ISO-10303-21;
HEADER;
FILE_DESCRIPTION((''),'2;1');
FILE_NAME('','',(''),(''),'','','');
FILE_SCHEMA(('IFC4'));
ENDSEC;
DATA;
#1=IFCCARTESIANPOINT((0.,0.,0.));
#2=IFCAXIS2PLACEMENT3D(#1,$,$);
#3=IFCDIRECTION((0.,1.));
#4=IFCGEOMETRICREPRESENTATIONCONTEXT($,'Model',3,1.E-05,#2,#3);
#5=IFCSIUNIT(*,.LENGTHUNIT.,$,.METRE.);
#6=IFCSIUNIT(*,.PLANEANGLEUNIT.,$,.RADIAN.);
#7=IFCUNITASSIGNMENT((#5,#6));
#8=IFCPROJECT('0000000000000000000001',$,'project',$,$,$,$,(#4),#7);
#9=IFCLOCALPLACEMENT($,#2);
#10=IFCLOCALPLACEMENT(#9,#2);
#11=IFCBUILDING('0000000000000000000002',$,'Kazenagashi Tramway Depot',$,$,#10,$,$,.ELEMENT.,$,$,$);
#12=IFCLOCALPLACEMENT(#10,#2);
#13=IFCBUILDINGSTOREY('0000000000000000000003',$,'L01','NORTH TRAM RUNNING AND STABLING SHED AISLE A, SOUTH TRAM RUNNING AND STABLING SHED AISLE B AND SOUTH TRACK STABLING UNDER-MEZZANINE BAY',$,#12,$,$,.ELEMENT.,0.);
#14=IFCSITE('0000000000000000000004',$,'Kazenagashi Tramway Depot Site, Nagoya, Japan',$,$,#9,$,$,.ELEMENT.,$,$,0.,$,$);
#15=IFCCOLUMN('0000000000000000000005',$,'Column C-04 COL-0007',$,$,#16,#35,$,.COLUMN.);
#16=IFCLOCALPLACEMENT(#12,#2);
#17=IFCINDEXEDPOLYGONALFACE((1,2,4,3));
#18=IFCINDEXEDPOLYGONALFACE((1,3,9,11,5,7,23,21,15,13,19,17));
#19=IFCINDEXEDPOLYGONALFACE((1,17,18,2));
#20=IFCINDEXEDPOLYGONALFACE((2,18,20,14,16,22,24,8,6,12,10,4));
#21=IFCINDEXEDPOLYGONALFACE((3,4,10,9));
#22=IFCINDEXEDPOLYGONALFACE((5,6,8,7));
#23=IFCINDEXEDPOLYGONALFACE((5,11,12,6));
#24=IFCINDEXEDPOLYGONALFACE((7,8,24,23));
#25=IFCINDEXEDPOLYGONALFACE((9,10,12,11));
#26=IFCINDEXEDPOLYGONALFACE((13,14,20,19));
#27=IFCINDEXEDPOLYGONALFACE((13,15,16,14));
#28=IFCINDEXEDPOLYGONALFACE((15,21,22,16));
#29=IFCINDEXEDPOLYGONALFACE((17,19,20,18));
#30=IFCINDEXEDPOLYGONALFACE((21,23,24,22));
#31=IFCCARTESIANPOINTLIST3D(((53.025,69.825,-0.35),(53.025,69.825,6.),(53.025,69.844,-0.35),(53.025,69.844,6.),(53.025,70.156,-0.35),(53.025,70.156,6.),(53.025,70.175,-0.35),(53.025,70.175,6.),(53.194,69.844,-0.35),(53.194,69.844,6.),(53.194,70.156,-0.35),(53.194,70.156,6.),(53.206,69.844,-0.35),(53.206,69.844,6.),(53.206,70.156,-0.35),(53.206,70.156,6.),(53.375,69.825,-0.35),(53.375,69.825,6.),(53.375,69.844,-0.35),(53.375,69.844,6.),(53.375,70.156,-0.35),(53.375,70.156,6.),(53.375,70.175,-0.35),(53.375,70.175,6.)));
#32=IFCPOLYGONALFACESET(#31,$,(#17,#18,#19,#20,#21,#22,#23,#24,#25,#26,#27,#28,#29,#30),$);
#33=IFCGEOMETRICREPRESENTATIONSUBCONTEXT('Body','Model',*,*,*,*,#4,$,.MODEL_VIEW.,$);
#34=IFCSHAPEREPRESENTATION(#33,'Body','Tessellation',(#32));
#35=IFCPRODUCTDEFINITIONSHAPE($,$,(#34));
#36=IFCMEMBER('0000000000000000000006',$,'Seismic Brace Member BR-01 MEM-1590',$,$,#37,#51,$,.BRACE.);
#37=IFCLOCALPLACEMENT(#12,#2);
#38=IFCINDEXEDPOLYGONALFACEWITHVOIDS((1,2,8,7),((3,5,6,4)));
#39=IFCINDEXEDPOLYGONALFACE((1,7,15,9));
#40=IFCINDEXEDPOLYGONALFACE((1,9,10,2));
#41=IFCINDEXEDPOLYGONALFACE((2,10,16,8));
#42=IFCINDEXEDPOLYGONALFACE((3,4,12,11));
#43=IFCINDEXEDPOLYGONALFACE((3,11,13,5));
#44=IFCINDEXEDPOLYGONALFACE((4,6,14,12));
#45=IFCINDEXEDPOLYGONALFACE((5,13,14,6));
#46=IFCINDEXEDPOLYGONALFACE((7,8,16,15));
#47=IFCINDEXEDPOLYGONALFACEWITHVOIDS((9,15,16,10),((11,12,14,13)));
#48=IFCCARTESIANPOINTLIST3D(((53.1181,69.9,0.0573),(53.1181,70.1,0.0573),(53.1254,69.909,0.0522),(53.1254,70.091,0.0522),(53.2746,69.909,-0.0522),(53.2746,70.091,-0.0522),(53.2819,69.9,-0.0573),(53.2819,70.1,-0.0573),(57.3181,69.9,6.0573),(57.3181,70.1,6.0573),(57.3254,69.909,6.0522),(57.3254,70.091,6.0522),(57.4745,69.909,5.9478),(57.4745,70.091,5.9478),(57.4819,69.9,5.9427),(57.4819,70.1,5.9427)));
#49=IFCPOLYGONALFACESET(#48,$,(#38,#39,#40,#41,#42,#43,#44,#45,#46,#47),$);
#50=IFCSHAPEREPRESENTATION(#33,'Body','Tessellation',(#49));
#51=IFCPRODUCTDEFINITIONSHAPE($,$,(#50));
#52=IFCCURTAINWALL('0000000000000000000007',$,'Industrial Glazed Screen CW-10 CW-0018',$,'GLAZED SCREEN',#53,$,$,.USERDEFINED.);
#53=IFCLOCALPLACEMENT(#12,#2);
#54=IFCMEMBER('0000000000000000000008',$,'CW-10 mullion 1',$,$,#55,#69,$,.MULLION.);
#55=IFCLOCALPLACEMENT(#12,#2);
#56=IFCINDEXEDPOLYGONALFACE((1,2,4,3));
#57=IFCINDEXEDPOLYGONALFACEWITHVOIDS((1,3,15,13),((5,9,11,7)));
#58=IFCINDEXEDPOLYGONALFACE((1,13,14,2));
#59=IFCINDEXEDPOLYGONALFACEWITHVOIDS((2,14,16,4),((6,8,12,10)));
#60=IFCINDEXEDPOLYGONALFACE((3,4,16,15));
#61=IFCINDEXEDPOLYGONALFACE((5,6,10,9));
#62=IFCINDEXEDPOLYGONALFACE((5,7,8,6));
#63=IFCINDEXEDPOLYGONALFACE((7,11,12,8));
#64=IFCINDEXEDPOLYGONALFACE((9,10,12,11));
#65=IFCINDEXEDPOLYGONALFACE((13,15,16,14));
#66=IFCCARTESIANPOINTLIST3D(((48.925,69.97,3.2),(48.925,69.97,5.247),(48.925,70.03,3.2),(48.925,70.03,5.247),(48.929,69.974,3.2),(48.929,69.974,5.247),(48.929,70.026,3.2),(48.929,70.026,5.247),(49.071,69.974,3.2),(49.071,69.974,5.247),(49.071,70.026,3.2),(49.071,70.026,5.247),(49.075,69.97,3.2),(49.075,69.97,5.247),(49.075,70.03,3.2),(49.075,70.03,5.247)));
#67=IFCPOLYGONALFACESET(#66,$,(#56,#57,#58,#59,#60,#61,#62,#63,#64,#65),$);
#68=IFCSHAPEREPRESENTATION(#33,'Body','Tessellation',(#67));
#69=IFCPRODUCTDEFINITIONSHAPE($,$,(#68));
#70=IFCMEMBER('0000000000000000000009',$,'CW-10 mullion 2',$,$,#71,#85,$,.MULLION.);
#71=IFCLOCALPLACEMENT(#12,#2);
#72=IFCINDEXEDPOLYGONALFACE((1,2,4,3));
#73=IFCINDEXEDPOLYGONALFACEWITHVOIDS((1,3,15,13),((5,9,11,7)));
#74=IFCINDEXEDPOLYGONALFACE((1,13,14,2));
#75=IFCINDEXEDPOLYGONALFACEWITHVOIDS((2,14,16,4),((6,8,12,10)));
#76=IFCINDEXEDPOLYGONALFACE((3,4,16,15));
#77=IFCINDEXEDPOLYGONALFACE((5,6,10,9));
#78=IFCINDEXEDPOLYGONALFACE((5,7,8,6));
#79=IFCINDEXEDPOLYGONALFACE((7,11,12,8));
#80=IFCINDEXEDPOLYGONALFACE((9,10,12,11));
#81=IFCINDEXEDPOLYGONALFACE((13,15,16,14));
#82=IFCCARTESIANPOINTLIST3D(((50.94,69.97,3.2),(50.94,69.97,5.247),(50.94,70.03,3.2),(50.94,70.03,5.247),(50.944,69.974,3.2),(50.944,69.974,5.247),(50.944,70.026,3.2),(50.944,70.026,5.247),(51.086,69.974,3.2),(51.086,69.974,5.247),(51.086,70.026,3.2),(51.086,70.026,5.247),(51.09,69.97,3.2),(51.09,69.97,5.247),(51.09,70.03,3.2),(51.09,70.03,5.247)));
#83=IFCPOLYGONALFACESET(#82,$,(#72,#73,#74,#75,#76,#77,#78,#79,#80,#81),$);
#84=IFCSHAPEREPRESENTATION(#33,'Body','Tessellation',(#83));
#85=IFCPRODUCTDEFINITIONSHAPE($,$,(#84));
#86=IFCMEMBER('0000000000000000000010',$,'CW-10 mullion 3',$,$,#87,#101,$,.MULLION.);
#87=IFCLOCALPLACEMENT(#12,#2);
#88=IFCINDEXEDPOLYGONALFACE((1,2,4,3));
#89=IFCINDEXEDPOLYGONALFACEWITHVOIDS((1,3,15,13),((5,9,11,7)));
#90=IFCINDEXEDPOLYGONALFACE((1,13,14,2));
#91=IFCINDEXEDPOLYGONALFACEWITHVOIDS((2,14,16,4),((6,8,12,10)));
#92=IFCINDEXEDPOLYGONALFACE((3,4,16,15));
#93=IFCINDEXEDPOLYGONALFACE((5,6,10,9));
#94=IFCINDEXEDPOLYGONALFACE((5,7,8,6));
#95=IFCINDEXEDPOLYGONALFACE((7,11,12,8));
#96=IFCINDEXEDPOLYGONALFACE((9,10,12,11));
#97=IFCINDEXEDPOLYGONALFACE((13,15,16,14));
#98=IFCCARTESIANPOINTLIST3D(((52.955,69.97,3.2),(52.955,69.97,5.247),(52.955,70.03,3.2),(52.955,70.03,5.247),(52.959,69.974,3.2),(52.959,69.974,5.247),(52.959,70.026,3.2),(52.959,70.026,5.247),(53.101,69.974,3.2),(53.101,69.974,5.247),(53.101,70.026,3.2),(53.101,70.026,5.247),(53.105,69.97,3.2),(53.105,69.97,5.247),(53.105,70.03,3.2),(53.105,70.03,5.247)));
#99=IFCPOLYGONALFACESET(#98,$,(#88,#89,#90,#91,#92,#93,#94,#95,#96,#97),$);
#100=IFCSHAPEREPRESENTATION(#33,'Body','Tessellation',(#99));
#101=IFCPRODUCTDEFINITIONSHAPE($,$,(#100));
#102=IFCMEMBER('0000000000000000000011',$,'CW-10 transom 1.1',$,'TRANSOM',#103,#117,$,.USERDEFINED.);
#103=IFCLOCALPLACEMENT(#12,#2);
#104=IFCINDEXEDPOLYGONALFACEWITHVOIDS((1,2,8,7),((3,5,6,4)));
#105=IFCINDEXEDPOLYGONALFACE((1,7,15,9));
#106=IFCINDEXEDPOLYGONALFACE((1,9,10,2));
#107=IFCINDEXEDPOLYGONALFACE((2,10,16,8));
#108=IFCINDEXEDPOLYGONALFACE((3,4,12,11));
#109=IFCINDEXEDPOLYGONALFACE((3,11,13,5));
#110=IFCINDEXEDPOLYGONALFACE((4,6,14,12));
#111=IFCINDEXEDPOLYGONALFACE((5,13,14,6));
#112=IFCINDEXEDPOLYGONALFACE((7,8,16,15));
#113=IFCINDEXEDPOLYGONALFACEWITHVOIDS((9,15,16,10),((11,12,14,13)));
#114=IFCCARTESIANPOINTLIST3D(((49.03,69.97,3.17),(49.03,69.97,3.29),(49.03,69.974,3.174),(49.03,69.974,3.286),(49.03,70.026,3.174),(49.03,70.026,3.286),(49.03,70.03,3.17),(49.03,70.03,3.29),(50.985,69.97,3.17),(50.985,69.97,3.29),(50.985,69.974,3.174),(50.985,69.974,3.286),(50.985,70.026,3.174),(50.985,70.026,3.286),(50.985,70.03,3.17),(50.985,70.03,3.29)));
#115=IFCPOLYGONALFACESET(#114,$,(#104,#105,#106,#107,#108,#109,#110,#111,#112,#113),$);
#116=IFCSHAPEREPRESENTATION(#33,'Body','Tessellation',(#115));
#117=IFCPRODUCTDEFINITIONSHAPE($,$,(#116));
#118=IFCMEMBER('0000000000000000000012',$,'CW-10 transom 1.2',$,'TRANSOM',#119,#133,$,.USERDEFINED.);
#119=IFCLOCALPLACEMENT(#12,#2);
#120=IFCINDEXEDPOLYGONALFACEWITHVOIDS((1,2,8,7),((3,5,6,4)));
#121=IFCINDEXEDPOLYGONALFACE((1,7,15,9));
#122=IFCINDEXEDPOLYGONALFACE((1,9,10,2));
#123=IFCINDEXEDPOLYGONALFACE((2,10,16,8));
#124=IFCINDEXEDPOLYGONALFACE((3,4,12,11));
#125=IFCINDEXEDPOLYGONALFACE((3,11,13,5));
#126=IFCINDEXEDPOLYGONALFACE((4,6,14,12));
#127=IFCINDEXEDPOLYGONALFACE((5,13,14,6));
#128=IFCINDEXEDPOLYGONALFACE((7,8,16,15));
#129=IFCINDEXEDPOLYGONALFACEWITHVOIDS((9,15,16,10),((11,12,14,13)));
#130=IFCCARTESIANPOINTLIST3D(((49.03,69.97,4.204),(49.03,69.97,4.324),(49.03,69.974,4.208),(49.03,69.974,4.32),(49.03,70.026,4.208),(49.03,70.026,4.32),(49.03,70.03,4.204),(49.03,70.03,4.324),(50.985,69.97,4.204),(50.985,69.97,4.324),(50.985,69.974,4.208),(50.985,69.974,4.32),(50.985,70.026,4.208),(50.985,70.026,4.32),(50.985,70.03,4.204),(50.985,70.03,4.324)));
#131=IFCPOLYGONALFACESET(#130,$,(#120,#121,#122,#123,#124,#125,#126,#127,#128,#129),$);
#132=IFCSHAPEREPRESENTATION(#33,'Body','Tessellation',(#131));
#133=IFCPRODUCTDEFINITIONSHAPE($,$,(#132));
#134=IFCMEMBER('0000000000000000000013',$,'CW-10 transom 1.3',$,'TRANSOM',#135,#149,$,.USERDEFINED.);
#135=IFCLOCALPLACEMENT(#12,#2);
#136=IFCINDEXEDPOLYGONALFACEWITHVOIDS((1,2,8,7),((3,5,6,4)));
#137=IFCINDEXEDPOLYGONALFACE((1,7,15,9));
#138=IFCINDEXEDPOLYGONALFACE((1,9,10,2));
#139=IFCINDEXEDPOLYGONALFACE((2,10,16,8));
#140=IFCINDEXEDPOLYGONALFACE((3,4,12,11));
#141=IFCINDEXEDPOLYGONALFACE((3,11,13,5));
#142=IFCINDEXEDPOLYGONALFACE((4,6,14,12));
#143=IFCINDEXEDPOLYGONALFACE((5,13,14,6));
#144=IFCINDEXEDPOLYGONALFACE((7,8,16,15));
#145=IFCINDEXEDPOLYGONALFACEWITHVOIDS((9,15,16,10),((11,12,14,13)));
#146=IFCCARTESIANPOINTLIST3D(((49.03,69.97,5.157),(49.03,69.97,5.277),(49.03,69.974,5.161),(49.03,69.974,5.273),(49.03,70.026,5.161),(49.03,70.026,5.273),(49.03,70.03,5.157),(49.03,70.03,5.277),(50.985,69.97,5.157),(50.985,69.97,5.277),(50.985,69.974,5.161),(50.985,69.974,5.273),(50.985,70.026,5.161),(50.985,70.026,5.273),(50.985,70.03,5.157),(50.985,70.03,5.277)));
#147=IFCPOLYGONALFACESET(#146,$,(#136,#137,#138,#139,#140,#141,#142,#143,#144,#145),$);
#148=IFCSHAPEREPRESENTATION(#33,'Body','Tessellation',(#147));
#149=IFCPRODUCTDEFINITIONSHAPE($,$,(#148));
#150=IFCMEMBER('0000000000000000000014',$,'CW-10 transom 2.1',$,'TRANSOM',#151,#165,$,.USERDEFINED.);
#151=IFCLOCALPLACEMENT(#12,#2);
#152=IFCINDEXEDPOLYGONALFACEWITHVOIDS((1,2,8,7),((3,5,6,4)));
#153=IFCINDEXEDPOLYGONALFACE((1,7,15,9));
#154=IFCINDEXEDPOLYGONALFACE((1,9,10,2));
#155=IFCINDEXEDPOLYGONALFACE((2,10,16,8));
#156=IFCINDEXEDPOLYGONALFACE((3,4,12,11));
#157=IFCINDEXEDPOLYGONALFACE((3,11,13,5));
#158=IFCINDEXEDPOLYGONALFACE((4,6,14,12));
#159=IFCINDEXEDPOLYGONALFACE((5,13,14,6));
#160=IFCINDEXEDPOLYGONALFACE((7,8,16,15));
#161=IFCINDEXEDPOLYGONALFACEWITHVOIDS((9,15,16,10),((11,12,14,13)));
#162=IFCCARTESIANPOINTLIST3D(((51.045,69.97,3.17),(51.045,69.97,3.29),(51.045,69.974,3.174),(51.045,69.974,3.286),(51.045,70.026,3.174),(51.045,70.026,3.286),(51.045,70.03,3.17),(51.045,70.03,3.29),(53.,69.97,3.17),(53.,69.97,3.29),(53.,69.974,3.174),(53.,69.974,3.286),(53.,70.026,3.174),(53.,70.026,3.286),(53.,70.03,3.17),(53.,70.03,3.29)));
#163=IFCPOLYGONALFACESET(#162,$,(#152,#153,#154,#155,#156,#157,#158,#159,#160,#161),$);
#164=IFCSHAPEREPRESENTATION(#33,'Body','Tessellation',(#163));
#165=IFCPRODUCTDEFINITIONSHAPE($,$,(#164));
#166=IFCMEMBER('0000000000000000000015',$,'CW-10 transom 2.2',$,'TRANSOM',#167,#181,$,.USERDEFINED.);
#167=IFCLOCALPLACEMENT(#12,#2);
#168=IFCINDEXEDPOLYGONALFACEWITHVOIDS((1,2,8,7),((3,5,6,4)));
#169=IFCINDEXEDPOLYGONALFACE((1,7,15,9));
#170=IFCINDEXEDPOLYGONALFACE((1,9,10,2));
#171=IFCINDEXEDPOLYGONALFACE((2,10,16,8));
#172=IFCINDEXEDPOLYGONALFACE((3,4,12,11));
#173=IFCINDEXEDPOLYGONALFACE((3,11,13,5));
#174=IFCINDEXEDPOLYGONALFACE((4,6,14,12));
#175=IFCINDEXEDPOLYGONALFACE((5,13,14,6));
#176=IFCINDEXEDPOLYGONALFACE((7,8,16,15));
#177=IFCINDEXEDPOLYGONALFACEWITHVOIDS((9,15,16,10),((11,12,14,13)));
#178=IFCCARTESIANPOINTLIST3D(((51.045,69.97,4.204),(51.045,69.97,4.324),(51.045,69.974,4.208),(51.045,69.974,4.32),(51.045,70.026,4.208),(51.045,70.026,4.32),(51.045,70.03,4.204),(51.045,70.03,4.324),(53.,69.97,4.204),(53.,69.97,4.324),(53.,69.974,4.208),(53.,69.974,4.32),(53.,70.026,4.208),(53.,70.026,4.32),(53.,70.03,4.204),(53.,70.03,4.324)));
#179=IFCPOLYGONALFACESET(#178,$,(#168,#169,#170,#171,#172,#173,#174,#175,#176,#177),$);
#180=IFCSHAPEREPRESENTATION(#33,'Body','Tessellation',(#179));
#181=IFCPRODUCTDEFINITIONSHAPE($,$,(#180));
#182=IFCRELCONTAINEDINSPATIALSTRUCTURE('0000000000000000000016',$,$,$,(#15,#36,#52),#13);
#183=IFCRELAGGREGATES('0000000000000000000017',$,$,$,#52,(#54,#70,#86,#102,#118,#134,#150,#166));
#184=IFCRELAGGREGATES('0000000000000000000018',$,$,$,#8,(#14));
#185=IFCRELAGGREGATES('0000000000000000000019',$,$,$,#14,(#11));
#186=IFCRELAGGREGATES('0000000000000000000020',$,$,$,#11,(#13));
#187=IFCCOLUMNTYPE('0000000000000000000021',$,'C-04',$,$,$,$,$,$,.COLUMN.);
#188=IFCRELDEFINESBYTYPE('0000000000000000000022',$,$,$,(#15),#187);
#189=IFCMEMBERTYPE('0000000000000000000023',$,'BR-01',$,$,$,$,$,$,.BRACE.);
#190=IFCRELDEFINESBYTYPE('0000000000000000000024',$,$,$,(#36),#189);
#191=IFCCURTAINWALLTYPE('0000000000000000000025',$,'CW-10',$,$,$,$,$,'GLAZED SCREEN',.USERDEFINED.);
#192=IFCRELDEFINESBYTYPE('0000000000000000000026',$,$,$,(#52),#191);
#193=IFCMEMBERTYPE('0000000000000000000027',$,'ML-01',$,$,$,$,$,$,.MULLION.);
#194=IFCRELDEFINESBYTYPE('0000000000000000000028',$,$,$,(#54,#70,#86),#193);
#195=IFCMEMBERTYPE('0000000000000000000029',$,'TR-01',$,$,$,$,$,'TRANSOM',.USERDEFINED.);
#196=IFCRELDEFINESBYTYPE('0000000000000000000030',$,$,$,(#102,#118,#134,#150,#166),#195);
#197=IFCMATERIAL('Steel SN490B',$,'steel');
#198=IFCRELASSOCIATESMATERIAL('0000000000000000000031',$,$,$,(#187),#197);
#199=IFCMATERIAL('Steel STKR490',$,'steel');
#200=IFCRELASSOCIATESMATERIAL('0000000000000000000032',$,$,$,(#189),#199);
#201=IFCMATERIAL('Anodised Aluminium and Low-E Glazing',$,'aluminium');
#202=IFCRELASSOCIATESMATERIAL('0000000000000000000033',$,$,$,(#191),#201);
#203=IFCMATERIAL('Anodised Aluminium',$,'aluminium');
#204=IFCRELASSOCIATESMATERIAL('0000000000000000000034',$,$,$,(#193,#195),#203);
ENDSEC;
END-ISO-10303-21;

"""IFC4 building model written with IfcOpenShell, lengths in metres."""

from ifc_helpers import new_model, si_unit, direction, frame, origin, origin_2d, place, context, subcontext, project, spatial, hollow_rectangle, i_section, extrude, material, material_profile, profile_set, type_object, element, aggregate, save


model = new_model("IFC4")

# Units and contexts
model_context = context("Model", 3, precision=1e-05, world=origin(), true_north=direction((0.0, 1.0)))
body_context = subcontext(model_context, "Body", "Model", "MODEL_VIEW")
ifc_project = project(units=[si_unit("LENGTHUNIT", "METRE"), si_unit("PLANEANGLEUNIT", "RADIAN")], contexts=[model_context])

# Site, building, storey
site_placement = place(None, origin())
site = spatial("IfcSite", under=ifc_project, at=site_placement, Name="Kazenagashi Tramway Depot Site, Nagoya, Japan", CompositionType="ELEMENT", RefElevation=0.0)
building_placement = place(site_placement, origin())
building = spatial("IfcBuilding", under=site, at=building_placement, Name="Kazenagashi Tramway Depot", CompositionType="ELEMENT")
storey_placement = place(building_placement, origin())
storey = spatial("IfcBuildingStorey", under=building, at=storey_placement, Name="L01", Description="NORTH TRAM RUNNING AND STABLING SHED AISLE A, SOUTH TRAM RUNNING AND STABLING SHED AISLE B AND SOUTH TRACK STABLING UNDER-MEZZANINE BAY", CompositionType="ELEMENT", Elevation=0.0)

# Column
ifc_material_1 = material(Name="Steel SN490B", Category="steel")
ifc_material_profile_1 = material_profile(ifc_material_1, i_section(OverallWidth=0.35, OverallDepth=0.35, WebThickness=0.012, FlangeThickness=0.019, at=origin_2d()), Name="H-350x350x12x19")
ifc_profile_set_1 = profile_set([ifc_material_profile_1], Name="Steel SN490B")
column_type = type_object("IfcColumnType", Name="C-04", PredefinedType="COLUMN", material=ifc_profile_set_1)
column_placement = place(storey_placement, frame((53.2, 70.0, -0.35), z_axis=(0.0, 0.0, 1.0), x_axis=(1.0, 0.0, 0.0)))
element("IfcColumn", 1, at=column_placement, inside=storey, type_object=column_type, Name="Column C-04 COL-0007", PredefinedType="COLUMN", context=body_context, shape_type="SweptSolid", body=[
    extrude(i_section(OverallWidth=0.35, OverallDepth=0.35, WebThickness=0.012, FlangeThickness=0.019, at=origin_2d()), origin(), (0.0, 0.0, 1.0), 6.35),
])

# Member
ifc_material_2 = material(Name="Steel STKR490", Category="steel")
ifc_material_profile_2 = material_profile(ifc_material_2, hollow_rectangle(XDim=0.2, YDim=0.2, WallThickness=0.009, at=origin_2d()), Name="SHS-200x200x9")
ifc_profile_set_2 = profile_set([ifc_material_profile_2], Name="Steel STKR490")
member_type_1 = type_object("IfcMemberType", Name="BR-01", PredefinedType="BRACE", material=ifc_profile_set_2)
member_1_placement = place(storey_placement, frame((53.2, 70.0, 0.0), z_axis=(0.573462, 0.0, 0.819232), x_axis=(0.0, 1.0, 0.0)))
element("IfcMember", 2, at=member_1_placement, inside=storey, type_object=member_type_1, Name="Seismic Brace Member BR-01 MEM-1590", PredefinedType="BRACE", context=body_context, shape_type="SweptSolid", body=[
    extrude(hollow_rectangle(XDim=0.2, YDim=0.2, WallThickness=0.009, at=origin_2d()), origin(), (0.0, 0.0, 1.0), 7.3239),
])

# Curtain wall, members
ifc_material_3 = material(Name="Anodised Aluminium and Low-E Glazing", Category="aluminium")
curtain_wall_type = type_object("IfcCurtainWallType", Name="CW-10", ElementType="GLAZED SCREEN", PredefinedType="USERDEFINED", material=ifc_material_3)
curtain_wall_placement = place(storey_placement, origin())
curtain_wall = element("IfcCurtainWall", 3, at=curtain_wall_placement, inside=storey, type_object=curtain_wall_type, Name="Industrial Glazed Screen CW-10 CW-0018", ObjectType="GLAZED SCREEN", PredefinedType="USERDEFINED")
ifc_material_4 = material(Name="Anodised Aluminium", Category="aluminium")
ifc_material_profile_3 = material_profile(ifc_material_4, hollow_rectangle(XDim=0.06, YDim=0.15, WallThickness=0.004, at=origin_2d()), Name="RHS-150x60x4")
ifc_profile_set_3 = profile_set([ifc_material_profile_3], Name="Anodised Aluminium")
member_type_2 = type_object("IfcMemberType", Name="ML-01", PredefinedType="MULLION", material=ifc_profile_set_3)
member_2_placement = place(storey_placement, frame((49.0, 70.0, 3.2), z_axis=(0.0, 0.0, 1.0), x_axis=(0.0, 1.0, 0.0)))
member_2 = element("IfcMember", 4, at=member_2_placement, type_object=member_type_2, Name="CW-10 mullion 1", PredefinedType="MULLION", context=body_context, shape_type="SweptSolid", body=[
    extrude(hollow_rectangle(XDim=0.06, YDim=0.15, WallThickness=0.004, at=origin_2d()), origin(), (0.0, 0.0, 1.0), 2.047),
])
member_3_placement = place(storey_placement, frame((51.015, 70.0, 3.2), z_axis=(0.0, 0.0, 1.0), x_axis=(0.0, 1.0, 0.0)))
member_3 = element("IfcMember", 5, at=member_3_placement, type_object=member_type_2, Name="CW-10 mullion 2", PredefinedType="MULLION", context=body_context, shape_type="SweptSolid", body=[
    extrude(hollow_rectangle(XDim=0.06, YDim=0.15, WallThickness=0.004, at=origin_2d()), origin(), (0.0, 0.0, 1.0), 2.047),
])
member_4_placement = place(storey_placement, frame((53.03, 70.0, 3.2), z_axis=(0.0, 0.0, 1.0), x_axis=(0.0, 1.0, 0.0)))
member_4 = element("IfcMember", 6, at=member_4_placement, type_object=member_type_2, Name="CW-10 mullion 3", PredefinedType="MULLION", context=body_context, shape_type="SweptSolid", body=[
    extrude(hollow_rectangle(XDim=0.06, YDim=0.15, WallThickness=0.004, at=origin_2d()), origin(), (0.0, 0.0, 1.0), 2.047),
])
ifc_material_profile_4 = material_profile(ifc_material_4, hollow_rectangle(XDim=0.06, YDim=0.12, WallThickness=0.004, at=origin_2d()), Name="RHS-120x60x4")
ifc_profile_set_4 = profile_set([ifc_material_profile_4], Name="Anodised Aluminium")
member_type_3 = type_object("IfcMemberType", Name="TR-01", ElementType="TRANSOM", PredefinedType="USERDEFINED", material=ifc_profile_set_4)
member_5_placement = place(storey_placement, frame((49.03, 70.0, 3.23), z_axis=(1.0, 0.0, 0.0), x_axis=(0.0, 1.0, 0.0)))
member_5 = element("IfcMember", 7, at=member_5_placement, type_object=member_type_3, Name="CW-10 transom 1.1", ObjectType="TRANSOM", PredefinedType="USERDEFINED", context=body_context, shape_type="SweptSolid", body=[
    extrude(hollow_rectangle(XDim=0.06, YDim=0.12, WallThickness=0.004, at=origin_2d()), origin(), (0.0, 0.0, 1.0), 1.955),
])
member_6_placement = place(storey_placement, frame((49.03, 70.0, 4.264), z_axis=(1.0, 0.0, 0.0), x_axis=(0.0, 1.0, 0.0)))
member_6 = element("IfcMember", 8, at=member_6_placement, type_object=member_type_3, Name="CW-10 transom 1.2", ObjectType="TRANSOM", PredefinedType="USERDEFINED", context=body_context, shape_type="SweptSolid", body=[
    extrude(hollow_rectangle(XDim=0.06, YDim=0.12, WallThickness=0.004, at=origin_2d()), origin(), (0.0, 0.0, 1.0), 1.955),
])
member_7_placement = place(storey_placement, frame((49.03, 70.0, 5.217), z_axis=(1.0, 0.0, 0.0), x_axis=(0.0, 1.0, 0.0)))
member_7 = element("IfcMember", 9, at=member_7_placement, type_object=member_type_3, Name="CW-10 transom 1.3", ObjectType="TRANSOM", PredefinedType="USERDEFINED", context=body_context, shape_type="SweptSolid", body=[
    extrude(hollow_rectangle(XDim=0.06, YDim=0.12, WallThickness=0.004, at=origin_2d()), origin(), (0.0, 0.0, 1.0), 1.955),
])
member_8_placement = place(storey_placement, frame((51.045, 70.0, 3.23), z_axis=(1.0, 0.0, 0.0), x_axis=(0.0, 1.0, 0.0)))
member_8 = element("IfcMember", 10, at=member_8_placement, type_object=member_type_3, Name="CW-10 transom 2.1", ObjectType="TRANSOM", PredefinedType="USERDEFINED", context=body_context, shape_type="SweptSolid", body=[
    extrude(hollow_rectangle(XDim=0.06, YDim=0.12, WallThickness=0.004, at=origin_2d()), origin(), (0.0, 0.0, 1.0), 1.955),
])
member_9_placement = place(storey_placement, frame((51.045, 70.0, 4.264), z_axis=(1.0, 0.0, 0.0), x_axis=(0.0, 1.0, 0.0)))
member_9 = element("IfcMember", 11, at=member_9_placement, type_object=member_type_3, Name="CW-10 transom 2.2", ObjectType="TRANSOM", PredefinedType="USERDEFINED", context=body_context, shape_type="SweptSolid", body=[
    extrude(hollow_rectangle(XDim=0.06, YDim=0.12, WallThickness=0.004, at=origin_2d()), origin(), (0.0, 0.0, 1.0), 1.955),
])
aggregate(curtain_wall, [member_2, member_3, member_4, member_5, member_6, member_7, member_8, member_9])

save(model, "model.ifc")
